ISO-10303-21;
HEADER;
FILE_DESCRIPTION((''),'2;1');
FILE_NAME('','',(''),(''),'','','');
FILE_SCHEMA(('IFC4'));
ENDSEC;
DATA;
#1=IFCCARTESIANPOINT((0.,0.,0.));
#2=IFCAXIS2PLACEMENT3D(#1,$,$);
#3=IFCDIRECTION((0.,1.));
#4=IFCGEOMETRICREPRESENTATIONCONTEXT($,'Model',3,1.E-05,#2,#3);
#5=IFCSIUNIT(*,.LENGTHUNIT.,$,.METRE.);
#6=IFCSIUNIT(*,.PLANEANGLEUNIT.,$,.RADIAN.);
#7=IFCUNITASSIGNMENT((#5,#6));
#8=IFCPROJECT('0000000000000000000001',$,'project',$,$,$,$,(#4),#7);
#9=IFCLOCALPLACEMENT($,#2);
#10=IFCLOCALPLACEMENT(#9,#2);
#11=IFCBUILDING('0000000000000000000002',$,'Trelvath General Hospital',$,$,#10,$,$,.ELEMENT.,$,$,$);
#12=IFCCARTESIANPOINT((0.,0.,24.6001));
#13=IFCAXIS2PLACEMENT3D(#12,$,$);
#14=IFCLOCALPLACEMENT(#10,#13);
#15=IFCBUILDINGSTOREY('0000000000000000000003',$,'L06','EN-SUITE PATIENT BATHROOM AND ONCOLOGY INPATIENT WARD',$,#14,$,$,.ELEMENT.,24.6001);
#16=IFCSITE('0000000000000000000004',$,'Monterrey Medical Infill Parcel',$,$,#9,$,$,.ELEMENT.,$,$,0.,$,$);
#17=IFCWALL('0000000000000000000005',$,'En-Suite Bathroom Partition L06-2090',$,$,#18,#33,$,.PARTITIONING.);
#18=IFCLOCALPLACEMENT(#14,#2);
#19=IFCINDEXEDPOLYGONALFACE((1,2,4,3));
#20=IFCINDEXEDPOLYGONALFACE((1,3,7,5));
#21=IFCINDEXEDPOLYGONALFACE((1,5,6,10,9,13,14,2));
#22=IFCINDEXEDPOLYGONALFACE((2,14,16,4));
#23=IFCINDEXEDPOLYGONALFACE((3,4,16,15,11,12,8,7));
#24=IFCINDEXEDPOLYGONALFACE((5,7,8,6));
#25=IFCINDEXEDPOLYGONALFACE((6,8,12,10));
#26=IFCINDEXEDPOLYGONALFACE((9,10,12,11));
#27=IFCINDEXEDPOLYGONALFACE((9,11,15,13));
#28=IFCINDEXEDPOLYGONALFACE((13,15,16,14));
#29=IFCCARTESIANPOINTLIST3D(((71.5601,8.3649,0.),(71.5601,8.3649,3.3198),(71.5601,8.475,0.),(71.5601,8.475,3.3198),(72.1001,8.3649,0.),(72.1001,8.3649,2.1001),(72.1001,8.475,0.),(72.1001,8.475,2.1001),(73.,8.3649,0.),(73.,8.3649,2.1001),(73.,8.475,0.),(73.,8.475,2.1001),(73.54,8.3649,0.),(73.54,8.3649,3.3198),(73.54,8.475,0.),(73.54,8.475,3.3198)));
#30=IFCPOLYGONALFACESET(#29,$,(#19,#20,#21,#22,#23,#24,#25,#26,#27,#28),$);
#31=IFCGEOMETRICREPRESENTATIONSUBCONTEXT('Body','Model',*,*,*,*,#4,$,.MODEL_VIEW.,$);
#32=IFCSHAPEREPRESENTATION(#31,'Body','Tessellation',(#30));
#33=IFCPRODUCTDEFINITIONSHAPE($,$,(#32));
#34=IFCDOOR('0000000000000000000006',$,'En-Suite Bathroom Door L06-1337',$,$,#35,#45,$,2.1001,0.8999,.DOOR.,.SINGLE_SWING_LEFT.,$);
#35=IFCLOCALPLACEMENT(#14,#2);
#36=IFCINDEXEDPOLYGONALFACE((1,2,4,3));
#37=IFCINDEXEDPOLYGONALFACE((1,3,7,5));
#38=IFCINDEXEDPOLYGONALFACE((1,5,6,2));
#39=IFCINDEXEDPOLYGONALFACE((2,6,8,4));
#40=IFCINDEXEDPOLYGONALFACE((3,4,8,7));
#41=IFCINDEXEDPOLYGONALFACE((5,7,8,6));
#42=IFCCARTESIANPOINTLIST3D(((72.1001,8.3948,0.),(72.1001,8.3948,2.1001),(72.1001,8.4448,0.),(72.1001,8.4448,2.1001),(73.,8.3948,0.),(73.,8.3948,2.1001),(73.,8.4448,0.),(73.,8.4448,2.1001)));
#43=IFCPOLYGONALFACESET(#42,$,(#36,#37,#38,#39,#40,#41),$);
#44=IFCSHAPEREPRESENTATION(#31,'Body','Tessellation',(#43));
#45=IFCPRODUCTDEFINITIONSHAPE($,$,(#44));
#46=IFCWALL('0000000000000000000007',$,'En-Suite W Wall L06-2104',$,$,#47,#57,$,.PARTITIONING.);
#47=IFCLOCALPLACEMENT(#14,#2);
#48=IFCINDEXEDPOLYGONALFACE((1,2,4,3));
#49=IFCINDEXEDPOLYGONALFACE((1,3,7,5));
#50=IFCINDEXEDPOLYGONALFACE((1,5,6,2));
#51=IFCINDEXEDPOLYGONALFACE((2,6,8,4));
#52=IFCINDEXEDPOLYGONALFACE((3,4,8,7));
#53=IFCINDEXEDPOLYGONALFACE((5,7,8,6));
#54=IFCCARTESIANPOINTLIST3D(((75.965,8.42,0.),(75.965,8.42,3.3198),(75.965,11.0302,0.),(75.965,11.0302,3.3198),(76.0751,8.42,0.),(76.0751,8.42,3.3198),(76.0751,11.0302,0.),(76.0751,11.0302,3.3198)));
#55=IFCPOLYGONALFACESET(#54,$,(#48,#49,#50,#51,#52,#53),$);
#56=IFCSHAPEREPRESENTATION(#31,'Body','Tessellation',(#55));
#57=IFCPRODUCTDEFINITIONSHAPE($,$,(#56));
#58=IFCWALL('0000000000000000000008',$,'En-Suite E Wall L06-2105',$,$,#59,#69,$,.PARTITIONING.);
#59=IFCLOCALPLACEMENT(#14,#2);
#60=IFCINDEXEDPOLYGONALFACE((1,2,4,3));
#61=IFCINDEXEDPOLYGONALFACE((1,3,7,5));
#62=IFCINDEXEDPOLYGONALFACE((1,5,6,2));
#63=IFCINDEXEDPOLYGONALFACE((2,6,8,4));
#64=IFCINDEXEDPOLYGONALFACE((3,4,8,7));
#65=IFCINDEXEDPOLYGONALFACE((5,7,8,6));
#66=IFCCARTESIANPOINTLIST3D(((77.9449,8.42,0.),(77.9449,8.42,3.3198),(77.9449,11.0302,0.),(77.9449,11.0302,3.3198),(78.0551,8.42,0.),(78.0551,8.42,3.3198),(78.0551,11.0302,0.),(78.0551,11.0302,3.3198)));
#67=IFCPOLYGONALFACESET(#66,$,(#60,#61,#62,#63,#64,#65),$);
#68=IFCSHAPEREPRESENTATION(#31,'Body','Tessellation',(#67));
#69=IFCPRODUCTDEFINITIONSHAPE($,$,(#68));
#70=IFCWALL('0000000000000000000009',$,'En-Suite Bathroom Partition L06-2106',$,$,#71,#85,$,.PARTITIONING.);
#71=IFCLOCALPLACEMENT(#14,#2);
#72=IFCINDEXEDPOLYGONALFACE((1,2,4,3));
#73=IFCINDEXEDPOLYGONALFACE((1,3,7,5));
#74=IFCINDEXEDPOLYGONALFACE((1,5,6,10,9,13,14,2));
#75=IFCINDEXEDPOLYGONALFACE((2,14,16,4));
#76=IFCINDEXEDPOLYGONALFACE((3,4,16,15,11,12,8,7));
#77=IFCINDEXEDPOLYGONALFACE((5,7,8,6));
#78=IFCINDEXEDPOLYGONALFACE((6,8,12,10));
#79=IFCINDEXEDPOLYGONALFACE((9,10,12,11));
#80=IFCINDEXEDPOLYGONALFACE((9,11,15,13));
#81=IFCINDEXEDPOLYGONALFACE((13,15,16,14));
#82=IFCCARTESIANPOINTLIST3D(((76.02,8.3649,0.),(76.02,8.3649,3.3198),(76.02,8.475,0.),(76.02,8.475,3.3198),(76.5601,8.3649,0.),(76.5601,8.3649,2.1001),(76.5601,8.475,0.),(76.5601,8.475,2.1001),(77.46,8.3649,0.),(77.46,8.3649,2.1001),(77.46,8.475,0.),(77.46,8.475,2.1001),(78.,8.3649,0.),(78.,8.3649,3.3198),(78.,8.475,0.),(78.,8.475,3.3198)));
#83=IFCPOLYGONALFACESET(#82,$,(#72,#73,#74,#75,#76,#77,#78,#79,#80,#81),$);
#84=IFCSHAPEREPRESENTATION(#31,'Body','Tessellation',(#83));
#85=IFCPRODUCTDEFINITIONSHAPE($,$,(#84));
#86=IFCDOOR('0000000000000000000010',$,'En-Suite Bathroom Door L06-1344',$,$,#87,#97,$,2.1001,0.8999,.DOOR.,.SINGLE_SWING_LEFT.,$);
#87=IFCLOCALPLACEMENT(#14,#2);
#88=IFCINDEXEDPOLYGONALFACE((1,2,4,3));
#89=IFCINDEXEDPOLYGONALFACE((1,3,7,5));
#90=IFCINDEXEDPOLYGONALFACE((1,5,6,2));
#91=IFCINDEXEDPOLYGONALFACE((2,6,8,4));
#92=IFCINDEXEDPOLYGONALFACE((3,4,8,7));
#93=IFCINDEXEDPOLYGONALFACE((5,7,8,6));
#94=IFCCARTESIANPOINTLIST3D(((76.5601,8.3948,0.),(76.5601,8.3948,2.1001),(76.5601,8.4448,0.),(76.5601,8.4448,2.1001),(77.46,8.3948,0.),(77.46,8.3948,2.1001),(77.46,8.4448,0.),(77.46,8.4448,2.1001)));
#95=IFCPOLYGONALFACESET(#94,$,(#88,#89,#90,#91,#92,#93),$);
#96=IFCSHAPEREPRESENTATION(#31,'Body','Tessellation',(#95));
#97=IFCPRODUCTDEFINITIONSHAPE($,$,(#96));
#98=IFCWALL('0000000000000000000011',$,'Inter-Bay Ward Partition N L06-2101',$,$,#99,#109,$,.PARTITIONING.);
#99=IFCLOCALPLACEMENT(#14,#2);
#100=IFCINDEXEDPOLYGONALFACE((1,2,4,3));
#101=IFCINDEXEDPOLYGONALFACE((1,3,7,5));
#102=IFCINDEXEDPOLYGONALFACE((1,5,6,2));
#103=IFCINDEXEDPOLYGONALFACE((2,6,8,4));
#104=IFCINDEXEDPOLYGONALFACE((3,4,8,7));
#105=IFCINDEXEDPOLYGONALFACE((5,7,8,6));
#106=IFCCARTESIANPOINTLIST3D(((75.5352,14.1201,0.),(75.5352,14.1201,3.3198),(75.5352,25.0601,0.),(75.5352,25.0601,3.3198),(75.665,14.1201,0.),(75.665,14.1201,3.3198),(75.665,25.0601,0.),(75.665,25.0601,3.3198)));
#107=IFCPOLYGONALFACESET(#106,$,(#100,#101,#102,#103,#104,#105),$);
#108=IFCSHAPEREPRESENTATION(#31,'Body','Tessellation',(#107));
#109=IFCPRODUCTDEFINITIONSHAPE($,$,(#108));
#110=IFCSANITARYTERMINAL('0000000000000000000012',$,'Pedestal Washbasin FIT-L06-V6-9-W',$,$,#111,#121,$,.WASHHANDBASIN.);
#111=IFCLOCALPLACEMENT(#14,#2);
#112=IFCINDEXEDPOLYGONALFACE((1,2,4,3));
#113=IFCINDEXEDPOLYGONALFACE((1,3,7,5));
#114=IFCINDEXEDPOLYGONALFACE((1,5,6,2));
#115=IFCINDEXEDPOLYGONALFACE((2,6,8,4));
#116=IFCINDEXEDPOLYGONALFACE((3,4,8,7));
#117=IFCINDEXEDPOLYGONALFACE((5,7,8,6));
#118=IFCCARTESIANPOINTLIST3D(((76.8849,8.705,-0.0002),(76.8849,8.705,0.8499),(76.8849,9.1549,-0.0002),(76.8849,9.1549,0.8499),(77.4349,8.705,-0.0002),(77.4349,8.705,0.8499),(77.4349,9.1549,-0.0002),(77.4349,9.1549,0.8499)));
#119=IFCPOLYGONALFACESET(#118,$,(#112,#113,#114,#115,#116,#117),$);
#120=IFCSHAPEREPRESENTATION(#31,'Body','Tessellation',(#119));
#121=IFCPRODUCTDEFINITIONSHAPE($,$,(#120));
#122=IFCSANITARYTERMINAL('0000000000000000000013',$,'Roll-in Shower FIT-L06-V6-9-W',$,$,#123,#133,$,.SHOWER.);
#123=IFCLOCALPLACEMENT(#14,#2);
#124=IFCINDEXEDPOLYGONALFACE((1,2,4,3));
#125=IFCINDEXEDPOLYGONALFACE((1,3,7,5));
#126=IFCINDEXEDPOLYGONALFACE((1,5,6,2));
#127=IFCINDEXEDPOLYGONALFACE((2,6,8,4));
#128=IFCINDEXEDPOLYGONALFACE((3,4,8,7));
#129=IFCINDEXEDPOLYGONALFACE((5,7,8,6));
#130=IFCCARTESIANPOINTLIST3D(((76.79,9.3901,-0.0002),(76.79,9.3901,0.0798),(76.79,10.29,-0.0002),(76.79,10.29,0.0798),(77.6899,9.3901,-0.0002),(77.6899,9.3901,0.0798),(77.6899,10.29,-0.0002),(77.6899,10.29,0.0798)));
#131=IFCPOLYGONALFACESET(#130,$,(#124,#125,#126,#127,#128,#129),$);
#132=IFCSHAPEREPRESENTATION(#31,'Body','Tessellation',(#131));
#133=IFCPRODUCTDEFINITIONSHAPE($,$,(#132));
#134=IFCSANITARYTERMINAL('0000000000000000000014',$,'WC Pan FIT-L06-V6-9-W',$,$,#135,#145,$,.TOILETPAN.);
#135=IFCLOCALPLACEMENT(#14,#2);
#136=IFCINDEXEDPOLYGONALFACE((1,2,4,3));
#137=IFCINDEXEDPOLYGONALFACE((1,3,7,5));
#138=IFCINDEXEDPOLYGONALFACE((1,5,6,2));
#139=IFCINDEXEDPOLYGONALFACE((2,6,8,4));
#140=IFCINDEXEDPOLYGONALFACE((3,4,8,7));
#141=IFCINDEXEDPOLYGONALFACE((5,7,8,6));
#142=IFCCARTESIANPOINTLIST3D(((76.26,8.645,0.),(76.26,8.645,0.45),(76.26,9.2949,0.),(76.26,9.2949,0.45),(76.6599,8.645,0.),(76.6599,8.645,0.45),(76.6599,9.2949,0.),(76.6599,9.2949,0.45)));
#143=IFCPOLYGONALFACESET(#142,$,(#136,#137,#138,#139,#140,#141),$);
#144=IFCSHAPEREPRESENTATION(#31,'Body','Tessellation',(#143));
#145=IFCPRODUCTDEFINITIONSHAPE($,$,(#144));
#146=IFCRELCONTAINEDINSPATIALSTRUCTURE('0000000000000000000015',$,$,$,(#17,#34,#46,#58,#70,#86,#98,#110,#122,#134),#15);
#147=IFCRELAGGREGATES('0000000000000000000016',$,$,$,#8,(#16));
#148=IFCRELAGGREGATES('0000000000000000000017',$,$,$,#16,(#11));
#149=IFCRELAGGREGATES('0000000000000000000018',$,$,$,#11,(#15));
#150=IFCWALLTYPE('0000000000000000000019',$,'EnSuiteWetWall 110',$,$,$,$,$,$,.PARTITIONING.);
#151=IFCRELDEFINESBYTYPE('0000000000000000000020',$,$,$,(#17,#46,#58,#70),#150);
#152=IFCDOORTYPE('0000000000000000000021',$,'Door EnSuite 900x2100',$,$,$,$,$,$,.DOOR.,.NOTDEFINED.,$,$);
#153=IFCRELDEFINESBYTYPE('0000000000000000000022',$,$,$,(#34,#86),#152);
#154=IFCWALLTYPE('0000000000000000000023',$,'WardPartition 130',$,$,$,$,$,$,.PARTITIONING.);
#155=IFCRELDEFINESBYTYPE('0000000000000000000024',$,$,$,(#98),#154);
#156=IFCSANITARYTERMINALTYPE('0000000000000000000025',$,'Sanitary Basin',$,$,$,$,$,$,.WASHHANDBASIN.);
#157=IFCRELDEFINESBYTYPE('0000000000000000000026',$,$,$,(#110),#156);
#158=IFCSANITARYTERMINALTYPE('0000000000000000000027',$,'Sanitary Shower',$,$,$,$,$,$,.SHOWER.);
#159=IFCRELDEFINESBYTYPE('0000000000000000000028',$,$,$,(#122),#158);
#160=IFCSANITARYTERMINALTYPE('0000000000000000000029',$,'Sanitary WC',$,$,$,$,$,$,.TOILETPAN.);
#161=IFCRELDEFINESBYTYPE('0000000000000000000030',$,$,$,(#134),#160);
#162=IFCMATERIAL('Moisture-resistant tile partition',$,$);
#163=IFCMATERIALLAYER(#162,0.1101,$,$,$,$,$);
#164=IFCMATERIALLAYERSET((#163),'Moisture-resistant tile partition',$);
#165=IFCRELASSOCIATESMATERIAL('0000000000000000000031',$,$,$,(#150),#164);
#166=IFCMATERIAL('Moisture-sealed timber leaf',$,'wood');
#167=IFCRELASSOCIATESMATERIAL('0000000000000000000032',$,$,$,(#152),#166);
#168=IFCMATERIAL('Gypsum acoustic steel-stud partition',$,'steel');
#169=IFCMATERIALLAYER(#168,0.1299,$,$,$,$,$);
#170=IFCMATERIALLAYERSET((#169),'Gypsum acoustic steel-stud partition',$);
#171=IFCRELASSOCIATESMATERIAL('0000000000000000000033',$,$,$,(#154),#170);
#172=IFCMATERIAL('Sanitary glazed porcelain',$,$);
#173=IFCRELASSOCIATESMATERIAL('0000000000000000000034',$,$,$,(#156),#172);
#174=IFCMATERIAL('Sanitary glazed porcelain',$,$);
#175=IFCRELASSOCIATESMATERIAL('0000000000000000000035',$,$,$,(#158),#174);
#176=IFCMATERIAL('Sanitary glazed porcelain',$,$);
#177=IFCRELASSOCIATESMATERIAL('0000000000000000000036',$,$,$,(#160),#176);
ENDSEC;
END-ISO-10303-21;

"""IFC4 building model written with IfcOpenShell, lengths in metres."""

from ifc_helpers import new_model, si_unit, direction, frame, frame_2d, origin, origin_2d, place, context, subcontext, project, spatial, rectangle, extrude, material, layer, layer_set, type_object, element, fill, save


model = new_model("IFC4")

# Units and contexts
model_context = context("Model", 3, precision=1e-05, world=origin(), true_north=direction((0.0, 1.0)))
body_context = subcontext(model_context, "Body", "Model", "MODEL_VIEW")
ifc_project = project(units=[si_unit("LENGTHUNIT", "METRE"), si_unit("PLANEANGLEUNIT", "RADIAN")], contexts=[model_context])

# Site, building, storey
site_placement = place(None, origin())
site = spatial("IfcSite", under=ifc_project, at=site_placement, Name="Monterrey Medical Infill Parcel", CompositionType="ELEMENT", RefElevation=0.0)
building_placement = place(site_placement, origin())
building = spatial("IfcBuilding", under=site, at=building_placement, Name="Trelvath General Hospital", CompositionType="ELEMENT")
storey_placement = place(building_placement, frame((0.0, 0.0, 24.6001)))
storey = spatial("IfcBuildingStorey", under=building, at=storey_placement, Name="L06", Description="EN-SUITE PATIENT BATHROOM AND ONCOLOGY INPATIENT WARD", CompositionType="ELEMENT", Elevation=24.6001)

# Shared definitions
ifc_material_1 = material(Name="Moisture-resistant tile partition")
ifc_layer_1 = layer(ifc_material_1, 0.1101)
ifc_layer_set_1 = layer_set([ifc_layer_1], Name="Moisture-resistant tile partition")
wall_type_1 = type_object("IfcWallType", Name="EnSuiteWetWall 110", PredefinedType="PARTITIONING", material=ifc_layer_set_1)

# Wall, opening, door
wall_1_placement = place(storey_placement, frame((71.5601, 8.4199, 0.0), z_axis=(0.0, 0.0, 1.0), x_axis=(1.0, 0.0, 0.0)))
wall_1 = element("IfcWall", 1, at=wall_1_placement, inside=storey, type_object=wall_type_1, Name="En-Suite Bathroom Partition L06-2090", PredefinedType="PARTITIONING", context=body_context, shape_type="SweptSolid", body=[
    extrude(rectangle(XDim=1.98, YDim=0.1101, at=frame_2d((0.99, 0.0))), origin(), (0.0, 0.0, 1.0), 3.3198),
])
opening_1_placement = place(wall_1_placement, frame((0.54, 0.0, 0.0)))
opening_1 = element("IfcOpeningElement", 2, at=opening_1_placement, cuts=wall_1, PredefinedType="OPENING", context=body_context, shape_type="SweptSolid", body=[
    extrude(rectangle(XDim=0.8999, YDim=2.1001, at=frame_2d((0.45, 1.05))), frame((0.0, 0.0649, 0.0), z_axis=(0.0, -1.0, 0.0), x_axis=(1.0, 0.0, 0.0)), (0.0, 0.0, 1.0), 0.1301),
])
ifc_material_2 = material(Name="Moisture-sealed timber leaf", Category="wood")
door_type_1 = type_object("IfcDoorType", Name="Door EnSuite 900x2100", OperationType="NOTDEFINED", PredefinedType="DOOR", material=ifc_material_2)
door_1_placement = place(opening_1_placement, origin())
door_1 = element("IfcDoor", 3, at=door_1_placement, inside=storey, type_object=door_type_1, Name="En-Suite Bathroom Door L06-1337", OperationType="SINGLE_SWING_LEFT", OverallHeight=2.1001, OverallWidth=0.8999, PredefinedType="DOOR", context=body_context, shape_type="SweptSolid", body=[
    extrude(rectangle(XDim=0.8999, YDim=2.1001, at=frame_2d((0.45, 1.05))), frame((0.0, 0.0249, 0.0), z_axis=(0.0, -1.0, 0.0), x_axis=(1.0, 0.0, 0.0)), (0.0, 0.0, 1.0), 0.05),
])
fill(opening_1, door_1)

# Walls
for number, where, z_axis, x_axis, name in (
    (4, (76.02, 8.4199, 0.0), (0.0, 0.0, 1.0), (0.0, 1.0, 0.0), "En-Suite W Wall L06-2104"),
    (5, (78.0, 8.4199, 0.0), (0.0, 0.0, 1.0), (0.0, 1.0, 0.0), "En-Suite E Wall L06-2105"),
):
    element("IfcWall", number, at=place(storey_placement, frame(where, z_axis=z_axis, x_axis=x_axis)), inside=storey, type_object=wall_type_1, Name=name, PredefinedType="PARTITIONING", context=body_context, shape_type="SweptSolid", body=[
        extrude(rectangle(XDim=2.6101, YDim=0.1101, at=frame_2d((1.3052, 0.0))), origin(), (0.0, 0.0, 1.0), 3.3198),
    ])

# Wall, opening, door
wall_2_placement = place(storey_placement, frame((76.02, 8.4199, 0.0), z_axis=(0.0, 0.0, 1.0), x_axis=(1.0, 0.0, 0.0)))
wall_2 = element("IfcWall", 6, at=wall_2_placement, inside=storey, type_object=wall_type_1, Name="En-Suite Bathroom Partition L06-2106", PredefinedType="PARTITIONING", context=body_context, shape_type="SweptSolid", body=[
    extrude(rectangle(XDim=1.98, YDim=0.1101, at=frame_2d((0.99, 0.0))), origin(), (0.0, 0.0, 1.0), 3.3198),
])
opening_2_placement = place(wall_2_placement, frame((0.54, 0.0, 0.0)))
opening_2 = element("IfcOpeningElement", 7, at=opening_2_placement, cuts=wall_2, PredefinedType="OPENING", context=body_context, shape_type="SweptSolid", body=[
    extrude(rectangle(XDim=0.8999, YDim=2.1001, at=frame_2d((0.45, 1.05))), frame((0.0, 0.0649, 0.0), z_axis=(0.0, -1.0, 0.0), x_axis=(1.0, 0.0, 0.0)), (0.0, 0.0, 1.0), 0.1301),
])
door_2_placement = place(opening_2_placement, origin())
door_2 = element("IfcDoor", 8, at=door_2_placement, inside=storey, type_object=door_type_1, Name="En-Suite Bathroom Door L06-1344", OperationType="SINGLE_SWING_LEFT", OverallHeight=2.1001, OverallWidth=0.8999, PredefinedType="DOOR", context=body_context, shape_type="SweptSolid", body=[
    extrude(rectangle(XDim=0.8999, YDim=2.1001, at=frame_2d((0.45, 1.05))), frame((0.0, 0.0249, 0.0), z_axis=(0.0, -1.0, 0.0), x_axis=(1.0, 0.0, 0.0)), (0.0, 0.0, 1.0), 0.05),
])
fill(opening_2, door_2)

# Wall
ifc_material_3 = material(Name="Gypsum acoustic steel-stud partition", Category="steel")
ifc_layer_2 = layer(ifc_material_3, 0.1299)
ifc_layer_set_2 = layer_set([ifc_layer_2], Name="Gypsum acoustic steel-stud partition")
wall_type_2 = type_object("IfcWallType", Name="WardPartition 130", PredefinedType="PARTITIONING", material=ifc_layer_set_2)
wall_3_placement = place(storey_placement, frame((75.6001, 14.1201, 0.0), z_axis=(0.0, 0.0, 1.0), x_axis=(0.0, 1.0, 0.0)))
element("IfcWall", 9, at=wall_3_placement, inside=storey, type_object=wall_type_2, Name="Inter-Bay Ward Partition N L06-2101", PredefinedType="PARTITIONING", context=body_context, shape_type="SweptSolid", body=[
    extrude(rectangle(XDim=10.9399, YDim=0.1299, at=frame_2d((5.47, 0.0))), origin(), (0.0, 0.0, 1.0), 3.3198),
])

# Sanitary terminals
ifc_material_4 = material(Name="Sanitary glazed porcelain")
sanitary_terminal_type_1 = type_object("IfcSanitaryTerminalType", Name="Sanitary Basin", PredefinedType="WASHHANDBASIN", material=ifc_material_4)
sanitary_terminal_1_placement = place(storey_placement, frame((77.1599, 8.9299, -0.0002), z_axis=(0.0, 0.0, 1.0), x_axis=(1.0, 0.0, 0.0)))
element("IfcSanitaryTerminal", 10, at=sanitary_terminal_1_placement, inside=storey, type_object=sanitary_terminal_type_1, Name="Pedestal Washbasin FIT-L06-V6-9-W", PredefinedType="WASHHANDBASIN", context=body_context, shape_type="SweptSolid", body=[
    extrude(rectangle(XDim=0.55, YDim=0.45, at=origin_2d()), origin(), (0.0, 0.0, 1.0), 0.8501),
])
ifc_material_5 = material(Name="Sanitary glazed porcelain")
sanitary_terminal_type_2 = type_object("IfcSanitaryTerminalType", Name="Sanitary Shower", PredefinedType="SHOWER", material=ifc_material_5)
sanitary_terminal_2_placement = place(storey_placement, frame((77.24, 9.8401, -0.0002), z_axis=(0.0, 0.0, 1.0), x_axis=(1.0, 0.0, 0.0)))
element("IfcSanitaryTerminal", 11, at=sanitary_terminal_2_placement, inside=storey, type_object=sanitary_terminal_type_2, Name="Roll-in Shower FIT-L06-V6-9-W", PredefinedType="SHOWER", context=body_context, shape_type="SweptSolid", body=[
    extrude(rectangle(XDim=0.8999, YDim=0.8999, at=origin_2d()), origin(), (0.0, 0.0, 1.0), 0.0801),
])
ifc_material_6 = material(Name="Sanitary glazed porcelain")
sanitary_terminal_type_3 = type_object("IfcSanitaryTerminalType", Name="Sanitary WC", PredefinedType="TOILETPAN", material=ifc_material_6)
sanitary_terminal_3_placement = place(storey_placement, frame((76.46, 8.97, 0.0), z_axis=(0.0, 0.0, 1.0), x_axis=(1.0, 0.0, 0.0)))
element("IfcSanitaryTerminal", 12, at=sanitary_terminal_3_placement, inside=storey, type_object=sanitary_terminal_type_3, Name="WC Pan FIT-L06-V6-9-W", PredefinedType="TOILETPAN", context=body_context, shape_type="SweptSolid", body=[
    extrude(rectangle(XDim=0.3999, YDim=0.6499, at=origin_2d()), origin(), (0.0, 0.0, 1.0), 0.45),
])

save(model, "model.ifc")
